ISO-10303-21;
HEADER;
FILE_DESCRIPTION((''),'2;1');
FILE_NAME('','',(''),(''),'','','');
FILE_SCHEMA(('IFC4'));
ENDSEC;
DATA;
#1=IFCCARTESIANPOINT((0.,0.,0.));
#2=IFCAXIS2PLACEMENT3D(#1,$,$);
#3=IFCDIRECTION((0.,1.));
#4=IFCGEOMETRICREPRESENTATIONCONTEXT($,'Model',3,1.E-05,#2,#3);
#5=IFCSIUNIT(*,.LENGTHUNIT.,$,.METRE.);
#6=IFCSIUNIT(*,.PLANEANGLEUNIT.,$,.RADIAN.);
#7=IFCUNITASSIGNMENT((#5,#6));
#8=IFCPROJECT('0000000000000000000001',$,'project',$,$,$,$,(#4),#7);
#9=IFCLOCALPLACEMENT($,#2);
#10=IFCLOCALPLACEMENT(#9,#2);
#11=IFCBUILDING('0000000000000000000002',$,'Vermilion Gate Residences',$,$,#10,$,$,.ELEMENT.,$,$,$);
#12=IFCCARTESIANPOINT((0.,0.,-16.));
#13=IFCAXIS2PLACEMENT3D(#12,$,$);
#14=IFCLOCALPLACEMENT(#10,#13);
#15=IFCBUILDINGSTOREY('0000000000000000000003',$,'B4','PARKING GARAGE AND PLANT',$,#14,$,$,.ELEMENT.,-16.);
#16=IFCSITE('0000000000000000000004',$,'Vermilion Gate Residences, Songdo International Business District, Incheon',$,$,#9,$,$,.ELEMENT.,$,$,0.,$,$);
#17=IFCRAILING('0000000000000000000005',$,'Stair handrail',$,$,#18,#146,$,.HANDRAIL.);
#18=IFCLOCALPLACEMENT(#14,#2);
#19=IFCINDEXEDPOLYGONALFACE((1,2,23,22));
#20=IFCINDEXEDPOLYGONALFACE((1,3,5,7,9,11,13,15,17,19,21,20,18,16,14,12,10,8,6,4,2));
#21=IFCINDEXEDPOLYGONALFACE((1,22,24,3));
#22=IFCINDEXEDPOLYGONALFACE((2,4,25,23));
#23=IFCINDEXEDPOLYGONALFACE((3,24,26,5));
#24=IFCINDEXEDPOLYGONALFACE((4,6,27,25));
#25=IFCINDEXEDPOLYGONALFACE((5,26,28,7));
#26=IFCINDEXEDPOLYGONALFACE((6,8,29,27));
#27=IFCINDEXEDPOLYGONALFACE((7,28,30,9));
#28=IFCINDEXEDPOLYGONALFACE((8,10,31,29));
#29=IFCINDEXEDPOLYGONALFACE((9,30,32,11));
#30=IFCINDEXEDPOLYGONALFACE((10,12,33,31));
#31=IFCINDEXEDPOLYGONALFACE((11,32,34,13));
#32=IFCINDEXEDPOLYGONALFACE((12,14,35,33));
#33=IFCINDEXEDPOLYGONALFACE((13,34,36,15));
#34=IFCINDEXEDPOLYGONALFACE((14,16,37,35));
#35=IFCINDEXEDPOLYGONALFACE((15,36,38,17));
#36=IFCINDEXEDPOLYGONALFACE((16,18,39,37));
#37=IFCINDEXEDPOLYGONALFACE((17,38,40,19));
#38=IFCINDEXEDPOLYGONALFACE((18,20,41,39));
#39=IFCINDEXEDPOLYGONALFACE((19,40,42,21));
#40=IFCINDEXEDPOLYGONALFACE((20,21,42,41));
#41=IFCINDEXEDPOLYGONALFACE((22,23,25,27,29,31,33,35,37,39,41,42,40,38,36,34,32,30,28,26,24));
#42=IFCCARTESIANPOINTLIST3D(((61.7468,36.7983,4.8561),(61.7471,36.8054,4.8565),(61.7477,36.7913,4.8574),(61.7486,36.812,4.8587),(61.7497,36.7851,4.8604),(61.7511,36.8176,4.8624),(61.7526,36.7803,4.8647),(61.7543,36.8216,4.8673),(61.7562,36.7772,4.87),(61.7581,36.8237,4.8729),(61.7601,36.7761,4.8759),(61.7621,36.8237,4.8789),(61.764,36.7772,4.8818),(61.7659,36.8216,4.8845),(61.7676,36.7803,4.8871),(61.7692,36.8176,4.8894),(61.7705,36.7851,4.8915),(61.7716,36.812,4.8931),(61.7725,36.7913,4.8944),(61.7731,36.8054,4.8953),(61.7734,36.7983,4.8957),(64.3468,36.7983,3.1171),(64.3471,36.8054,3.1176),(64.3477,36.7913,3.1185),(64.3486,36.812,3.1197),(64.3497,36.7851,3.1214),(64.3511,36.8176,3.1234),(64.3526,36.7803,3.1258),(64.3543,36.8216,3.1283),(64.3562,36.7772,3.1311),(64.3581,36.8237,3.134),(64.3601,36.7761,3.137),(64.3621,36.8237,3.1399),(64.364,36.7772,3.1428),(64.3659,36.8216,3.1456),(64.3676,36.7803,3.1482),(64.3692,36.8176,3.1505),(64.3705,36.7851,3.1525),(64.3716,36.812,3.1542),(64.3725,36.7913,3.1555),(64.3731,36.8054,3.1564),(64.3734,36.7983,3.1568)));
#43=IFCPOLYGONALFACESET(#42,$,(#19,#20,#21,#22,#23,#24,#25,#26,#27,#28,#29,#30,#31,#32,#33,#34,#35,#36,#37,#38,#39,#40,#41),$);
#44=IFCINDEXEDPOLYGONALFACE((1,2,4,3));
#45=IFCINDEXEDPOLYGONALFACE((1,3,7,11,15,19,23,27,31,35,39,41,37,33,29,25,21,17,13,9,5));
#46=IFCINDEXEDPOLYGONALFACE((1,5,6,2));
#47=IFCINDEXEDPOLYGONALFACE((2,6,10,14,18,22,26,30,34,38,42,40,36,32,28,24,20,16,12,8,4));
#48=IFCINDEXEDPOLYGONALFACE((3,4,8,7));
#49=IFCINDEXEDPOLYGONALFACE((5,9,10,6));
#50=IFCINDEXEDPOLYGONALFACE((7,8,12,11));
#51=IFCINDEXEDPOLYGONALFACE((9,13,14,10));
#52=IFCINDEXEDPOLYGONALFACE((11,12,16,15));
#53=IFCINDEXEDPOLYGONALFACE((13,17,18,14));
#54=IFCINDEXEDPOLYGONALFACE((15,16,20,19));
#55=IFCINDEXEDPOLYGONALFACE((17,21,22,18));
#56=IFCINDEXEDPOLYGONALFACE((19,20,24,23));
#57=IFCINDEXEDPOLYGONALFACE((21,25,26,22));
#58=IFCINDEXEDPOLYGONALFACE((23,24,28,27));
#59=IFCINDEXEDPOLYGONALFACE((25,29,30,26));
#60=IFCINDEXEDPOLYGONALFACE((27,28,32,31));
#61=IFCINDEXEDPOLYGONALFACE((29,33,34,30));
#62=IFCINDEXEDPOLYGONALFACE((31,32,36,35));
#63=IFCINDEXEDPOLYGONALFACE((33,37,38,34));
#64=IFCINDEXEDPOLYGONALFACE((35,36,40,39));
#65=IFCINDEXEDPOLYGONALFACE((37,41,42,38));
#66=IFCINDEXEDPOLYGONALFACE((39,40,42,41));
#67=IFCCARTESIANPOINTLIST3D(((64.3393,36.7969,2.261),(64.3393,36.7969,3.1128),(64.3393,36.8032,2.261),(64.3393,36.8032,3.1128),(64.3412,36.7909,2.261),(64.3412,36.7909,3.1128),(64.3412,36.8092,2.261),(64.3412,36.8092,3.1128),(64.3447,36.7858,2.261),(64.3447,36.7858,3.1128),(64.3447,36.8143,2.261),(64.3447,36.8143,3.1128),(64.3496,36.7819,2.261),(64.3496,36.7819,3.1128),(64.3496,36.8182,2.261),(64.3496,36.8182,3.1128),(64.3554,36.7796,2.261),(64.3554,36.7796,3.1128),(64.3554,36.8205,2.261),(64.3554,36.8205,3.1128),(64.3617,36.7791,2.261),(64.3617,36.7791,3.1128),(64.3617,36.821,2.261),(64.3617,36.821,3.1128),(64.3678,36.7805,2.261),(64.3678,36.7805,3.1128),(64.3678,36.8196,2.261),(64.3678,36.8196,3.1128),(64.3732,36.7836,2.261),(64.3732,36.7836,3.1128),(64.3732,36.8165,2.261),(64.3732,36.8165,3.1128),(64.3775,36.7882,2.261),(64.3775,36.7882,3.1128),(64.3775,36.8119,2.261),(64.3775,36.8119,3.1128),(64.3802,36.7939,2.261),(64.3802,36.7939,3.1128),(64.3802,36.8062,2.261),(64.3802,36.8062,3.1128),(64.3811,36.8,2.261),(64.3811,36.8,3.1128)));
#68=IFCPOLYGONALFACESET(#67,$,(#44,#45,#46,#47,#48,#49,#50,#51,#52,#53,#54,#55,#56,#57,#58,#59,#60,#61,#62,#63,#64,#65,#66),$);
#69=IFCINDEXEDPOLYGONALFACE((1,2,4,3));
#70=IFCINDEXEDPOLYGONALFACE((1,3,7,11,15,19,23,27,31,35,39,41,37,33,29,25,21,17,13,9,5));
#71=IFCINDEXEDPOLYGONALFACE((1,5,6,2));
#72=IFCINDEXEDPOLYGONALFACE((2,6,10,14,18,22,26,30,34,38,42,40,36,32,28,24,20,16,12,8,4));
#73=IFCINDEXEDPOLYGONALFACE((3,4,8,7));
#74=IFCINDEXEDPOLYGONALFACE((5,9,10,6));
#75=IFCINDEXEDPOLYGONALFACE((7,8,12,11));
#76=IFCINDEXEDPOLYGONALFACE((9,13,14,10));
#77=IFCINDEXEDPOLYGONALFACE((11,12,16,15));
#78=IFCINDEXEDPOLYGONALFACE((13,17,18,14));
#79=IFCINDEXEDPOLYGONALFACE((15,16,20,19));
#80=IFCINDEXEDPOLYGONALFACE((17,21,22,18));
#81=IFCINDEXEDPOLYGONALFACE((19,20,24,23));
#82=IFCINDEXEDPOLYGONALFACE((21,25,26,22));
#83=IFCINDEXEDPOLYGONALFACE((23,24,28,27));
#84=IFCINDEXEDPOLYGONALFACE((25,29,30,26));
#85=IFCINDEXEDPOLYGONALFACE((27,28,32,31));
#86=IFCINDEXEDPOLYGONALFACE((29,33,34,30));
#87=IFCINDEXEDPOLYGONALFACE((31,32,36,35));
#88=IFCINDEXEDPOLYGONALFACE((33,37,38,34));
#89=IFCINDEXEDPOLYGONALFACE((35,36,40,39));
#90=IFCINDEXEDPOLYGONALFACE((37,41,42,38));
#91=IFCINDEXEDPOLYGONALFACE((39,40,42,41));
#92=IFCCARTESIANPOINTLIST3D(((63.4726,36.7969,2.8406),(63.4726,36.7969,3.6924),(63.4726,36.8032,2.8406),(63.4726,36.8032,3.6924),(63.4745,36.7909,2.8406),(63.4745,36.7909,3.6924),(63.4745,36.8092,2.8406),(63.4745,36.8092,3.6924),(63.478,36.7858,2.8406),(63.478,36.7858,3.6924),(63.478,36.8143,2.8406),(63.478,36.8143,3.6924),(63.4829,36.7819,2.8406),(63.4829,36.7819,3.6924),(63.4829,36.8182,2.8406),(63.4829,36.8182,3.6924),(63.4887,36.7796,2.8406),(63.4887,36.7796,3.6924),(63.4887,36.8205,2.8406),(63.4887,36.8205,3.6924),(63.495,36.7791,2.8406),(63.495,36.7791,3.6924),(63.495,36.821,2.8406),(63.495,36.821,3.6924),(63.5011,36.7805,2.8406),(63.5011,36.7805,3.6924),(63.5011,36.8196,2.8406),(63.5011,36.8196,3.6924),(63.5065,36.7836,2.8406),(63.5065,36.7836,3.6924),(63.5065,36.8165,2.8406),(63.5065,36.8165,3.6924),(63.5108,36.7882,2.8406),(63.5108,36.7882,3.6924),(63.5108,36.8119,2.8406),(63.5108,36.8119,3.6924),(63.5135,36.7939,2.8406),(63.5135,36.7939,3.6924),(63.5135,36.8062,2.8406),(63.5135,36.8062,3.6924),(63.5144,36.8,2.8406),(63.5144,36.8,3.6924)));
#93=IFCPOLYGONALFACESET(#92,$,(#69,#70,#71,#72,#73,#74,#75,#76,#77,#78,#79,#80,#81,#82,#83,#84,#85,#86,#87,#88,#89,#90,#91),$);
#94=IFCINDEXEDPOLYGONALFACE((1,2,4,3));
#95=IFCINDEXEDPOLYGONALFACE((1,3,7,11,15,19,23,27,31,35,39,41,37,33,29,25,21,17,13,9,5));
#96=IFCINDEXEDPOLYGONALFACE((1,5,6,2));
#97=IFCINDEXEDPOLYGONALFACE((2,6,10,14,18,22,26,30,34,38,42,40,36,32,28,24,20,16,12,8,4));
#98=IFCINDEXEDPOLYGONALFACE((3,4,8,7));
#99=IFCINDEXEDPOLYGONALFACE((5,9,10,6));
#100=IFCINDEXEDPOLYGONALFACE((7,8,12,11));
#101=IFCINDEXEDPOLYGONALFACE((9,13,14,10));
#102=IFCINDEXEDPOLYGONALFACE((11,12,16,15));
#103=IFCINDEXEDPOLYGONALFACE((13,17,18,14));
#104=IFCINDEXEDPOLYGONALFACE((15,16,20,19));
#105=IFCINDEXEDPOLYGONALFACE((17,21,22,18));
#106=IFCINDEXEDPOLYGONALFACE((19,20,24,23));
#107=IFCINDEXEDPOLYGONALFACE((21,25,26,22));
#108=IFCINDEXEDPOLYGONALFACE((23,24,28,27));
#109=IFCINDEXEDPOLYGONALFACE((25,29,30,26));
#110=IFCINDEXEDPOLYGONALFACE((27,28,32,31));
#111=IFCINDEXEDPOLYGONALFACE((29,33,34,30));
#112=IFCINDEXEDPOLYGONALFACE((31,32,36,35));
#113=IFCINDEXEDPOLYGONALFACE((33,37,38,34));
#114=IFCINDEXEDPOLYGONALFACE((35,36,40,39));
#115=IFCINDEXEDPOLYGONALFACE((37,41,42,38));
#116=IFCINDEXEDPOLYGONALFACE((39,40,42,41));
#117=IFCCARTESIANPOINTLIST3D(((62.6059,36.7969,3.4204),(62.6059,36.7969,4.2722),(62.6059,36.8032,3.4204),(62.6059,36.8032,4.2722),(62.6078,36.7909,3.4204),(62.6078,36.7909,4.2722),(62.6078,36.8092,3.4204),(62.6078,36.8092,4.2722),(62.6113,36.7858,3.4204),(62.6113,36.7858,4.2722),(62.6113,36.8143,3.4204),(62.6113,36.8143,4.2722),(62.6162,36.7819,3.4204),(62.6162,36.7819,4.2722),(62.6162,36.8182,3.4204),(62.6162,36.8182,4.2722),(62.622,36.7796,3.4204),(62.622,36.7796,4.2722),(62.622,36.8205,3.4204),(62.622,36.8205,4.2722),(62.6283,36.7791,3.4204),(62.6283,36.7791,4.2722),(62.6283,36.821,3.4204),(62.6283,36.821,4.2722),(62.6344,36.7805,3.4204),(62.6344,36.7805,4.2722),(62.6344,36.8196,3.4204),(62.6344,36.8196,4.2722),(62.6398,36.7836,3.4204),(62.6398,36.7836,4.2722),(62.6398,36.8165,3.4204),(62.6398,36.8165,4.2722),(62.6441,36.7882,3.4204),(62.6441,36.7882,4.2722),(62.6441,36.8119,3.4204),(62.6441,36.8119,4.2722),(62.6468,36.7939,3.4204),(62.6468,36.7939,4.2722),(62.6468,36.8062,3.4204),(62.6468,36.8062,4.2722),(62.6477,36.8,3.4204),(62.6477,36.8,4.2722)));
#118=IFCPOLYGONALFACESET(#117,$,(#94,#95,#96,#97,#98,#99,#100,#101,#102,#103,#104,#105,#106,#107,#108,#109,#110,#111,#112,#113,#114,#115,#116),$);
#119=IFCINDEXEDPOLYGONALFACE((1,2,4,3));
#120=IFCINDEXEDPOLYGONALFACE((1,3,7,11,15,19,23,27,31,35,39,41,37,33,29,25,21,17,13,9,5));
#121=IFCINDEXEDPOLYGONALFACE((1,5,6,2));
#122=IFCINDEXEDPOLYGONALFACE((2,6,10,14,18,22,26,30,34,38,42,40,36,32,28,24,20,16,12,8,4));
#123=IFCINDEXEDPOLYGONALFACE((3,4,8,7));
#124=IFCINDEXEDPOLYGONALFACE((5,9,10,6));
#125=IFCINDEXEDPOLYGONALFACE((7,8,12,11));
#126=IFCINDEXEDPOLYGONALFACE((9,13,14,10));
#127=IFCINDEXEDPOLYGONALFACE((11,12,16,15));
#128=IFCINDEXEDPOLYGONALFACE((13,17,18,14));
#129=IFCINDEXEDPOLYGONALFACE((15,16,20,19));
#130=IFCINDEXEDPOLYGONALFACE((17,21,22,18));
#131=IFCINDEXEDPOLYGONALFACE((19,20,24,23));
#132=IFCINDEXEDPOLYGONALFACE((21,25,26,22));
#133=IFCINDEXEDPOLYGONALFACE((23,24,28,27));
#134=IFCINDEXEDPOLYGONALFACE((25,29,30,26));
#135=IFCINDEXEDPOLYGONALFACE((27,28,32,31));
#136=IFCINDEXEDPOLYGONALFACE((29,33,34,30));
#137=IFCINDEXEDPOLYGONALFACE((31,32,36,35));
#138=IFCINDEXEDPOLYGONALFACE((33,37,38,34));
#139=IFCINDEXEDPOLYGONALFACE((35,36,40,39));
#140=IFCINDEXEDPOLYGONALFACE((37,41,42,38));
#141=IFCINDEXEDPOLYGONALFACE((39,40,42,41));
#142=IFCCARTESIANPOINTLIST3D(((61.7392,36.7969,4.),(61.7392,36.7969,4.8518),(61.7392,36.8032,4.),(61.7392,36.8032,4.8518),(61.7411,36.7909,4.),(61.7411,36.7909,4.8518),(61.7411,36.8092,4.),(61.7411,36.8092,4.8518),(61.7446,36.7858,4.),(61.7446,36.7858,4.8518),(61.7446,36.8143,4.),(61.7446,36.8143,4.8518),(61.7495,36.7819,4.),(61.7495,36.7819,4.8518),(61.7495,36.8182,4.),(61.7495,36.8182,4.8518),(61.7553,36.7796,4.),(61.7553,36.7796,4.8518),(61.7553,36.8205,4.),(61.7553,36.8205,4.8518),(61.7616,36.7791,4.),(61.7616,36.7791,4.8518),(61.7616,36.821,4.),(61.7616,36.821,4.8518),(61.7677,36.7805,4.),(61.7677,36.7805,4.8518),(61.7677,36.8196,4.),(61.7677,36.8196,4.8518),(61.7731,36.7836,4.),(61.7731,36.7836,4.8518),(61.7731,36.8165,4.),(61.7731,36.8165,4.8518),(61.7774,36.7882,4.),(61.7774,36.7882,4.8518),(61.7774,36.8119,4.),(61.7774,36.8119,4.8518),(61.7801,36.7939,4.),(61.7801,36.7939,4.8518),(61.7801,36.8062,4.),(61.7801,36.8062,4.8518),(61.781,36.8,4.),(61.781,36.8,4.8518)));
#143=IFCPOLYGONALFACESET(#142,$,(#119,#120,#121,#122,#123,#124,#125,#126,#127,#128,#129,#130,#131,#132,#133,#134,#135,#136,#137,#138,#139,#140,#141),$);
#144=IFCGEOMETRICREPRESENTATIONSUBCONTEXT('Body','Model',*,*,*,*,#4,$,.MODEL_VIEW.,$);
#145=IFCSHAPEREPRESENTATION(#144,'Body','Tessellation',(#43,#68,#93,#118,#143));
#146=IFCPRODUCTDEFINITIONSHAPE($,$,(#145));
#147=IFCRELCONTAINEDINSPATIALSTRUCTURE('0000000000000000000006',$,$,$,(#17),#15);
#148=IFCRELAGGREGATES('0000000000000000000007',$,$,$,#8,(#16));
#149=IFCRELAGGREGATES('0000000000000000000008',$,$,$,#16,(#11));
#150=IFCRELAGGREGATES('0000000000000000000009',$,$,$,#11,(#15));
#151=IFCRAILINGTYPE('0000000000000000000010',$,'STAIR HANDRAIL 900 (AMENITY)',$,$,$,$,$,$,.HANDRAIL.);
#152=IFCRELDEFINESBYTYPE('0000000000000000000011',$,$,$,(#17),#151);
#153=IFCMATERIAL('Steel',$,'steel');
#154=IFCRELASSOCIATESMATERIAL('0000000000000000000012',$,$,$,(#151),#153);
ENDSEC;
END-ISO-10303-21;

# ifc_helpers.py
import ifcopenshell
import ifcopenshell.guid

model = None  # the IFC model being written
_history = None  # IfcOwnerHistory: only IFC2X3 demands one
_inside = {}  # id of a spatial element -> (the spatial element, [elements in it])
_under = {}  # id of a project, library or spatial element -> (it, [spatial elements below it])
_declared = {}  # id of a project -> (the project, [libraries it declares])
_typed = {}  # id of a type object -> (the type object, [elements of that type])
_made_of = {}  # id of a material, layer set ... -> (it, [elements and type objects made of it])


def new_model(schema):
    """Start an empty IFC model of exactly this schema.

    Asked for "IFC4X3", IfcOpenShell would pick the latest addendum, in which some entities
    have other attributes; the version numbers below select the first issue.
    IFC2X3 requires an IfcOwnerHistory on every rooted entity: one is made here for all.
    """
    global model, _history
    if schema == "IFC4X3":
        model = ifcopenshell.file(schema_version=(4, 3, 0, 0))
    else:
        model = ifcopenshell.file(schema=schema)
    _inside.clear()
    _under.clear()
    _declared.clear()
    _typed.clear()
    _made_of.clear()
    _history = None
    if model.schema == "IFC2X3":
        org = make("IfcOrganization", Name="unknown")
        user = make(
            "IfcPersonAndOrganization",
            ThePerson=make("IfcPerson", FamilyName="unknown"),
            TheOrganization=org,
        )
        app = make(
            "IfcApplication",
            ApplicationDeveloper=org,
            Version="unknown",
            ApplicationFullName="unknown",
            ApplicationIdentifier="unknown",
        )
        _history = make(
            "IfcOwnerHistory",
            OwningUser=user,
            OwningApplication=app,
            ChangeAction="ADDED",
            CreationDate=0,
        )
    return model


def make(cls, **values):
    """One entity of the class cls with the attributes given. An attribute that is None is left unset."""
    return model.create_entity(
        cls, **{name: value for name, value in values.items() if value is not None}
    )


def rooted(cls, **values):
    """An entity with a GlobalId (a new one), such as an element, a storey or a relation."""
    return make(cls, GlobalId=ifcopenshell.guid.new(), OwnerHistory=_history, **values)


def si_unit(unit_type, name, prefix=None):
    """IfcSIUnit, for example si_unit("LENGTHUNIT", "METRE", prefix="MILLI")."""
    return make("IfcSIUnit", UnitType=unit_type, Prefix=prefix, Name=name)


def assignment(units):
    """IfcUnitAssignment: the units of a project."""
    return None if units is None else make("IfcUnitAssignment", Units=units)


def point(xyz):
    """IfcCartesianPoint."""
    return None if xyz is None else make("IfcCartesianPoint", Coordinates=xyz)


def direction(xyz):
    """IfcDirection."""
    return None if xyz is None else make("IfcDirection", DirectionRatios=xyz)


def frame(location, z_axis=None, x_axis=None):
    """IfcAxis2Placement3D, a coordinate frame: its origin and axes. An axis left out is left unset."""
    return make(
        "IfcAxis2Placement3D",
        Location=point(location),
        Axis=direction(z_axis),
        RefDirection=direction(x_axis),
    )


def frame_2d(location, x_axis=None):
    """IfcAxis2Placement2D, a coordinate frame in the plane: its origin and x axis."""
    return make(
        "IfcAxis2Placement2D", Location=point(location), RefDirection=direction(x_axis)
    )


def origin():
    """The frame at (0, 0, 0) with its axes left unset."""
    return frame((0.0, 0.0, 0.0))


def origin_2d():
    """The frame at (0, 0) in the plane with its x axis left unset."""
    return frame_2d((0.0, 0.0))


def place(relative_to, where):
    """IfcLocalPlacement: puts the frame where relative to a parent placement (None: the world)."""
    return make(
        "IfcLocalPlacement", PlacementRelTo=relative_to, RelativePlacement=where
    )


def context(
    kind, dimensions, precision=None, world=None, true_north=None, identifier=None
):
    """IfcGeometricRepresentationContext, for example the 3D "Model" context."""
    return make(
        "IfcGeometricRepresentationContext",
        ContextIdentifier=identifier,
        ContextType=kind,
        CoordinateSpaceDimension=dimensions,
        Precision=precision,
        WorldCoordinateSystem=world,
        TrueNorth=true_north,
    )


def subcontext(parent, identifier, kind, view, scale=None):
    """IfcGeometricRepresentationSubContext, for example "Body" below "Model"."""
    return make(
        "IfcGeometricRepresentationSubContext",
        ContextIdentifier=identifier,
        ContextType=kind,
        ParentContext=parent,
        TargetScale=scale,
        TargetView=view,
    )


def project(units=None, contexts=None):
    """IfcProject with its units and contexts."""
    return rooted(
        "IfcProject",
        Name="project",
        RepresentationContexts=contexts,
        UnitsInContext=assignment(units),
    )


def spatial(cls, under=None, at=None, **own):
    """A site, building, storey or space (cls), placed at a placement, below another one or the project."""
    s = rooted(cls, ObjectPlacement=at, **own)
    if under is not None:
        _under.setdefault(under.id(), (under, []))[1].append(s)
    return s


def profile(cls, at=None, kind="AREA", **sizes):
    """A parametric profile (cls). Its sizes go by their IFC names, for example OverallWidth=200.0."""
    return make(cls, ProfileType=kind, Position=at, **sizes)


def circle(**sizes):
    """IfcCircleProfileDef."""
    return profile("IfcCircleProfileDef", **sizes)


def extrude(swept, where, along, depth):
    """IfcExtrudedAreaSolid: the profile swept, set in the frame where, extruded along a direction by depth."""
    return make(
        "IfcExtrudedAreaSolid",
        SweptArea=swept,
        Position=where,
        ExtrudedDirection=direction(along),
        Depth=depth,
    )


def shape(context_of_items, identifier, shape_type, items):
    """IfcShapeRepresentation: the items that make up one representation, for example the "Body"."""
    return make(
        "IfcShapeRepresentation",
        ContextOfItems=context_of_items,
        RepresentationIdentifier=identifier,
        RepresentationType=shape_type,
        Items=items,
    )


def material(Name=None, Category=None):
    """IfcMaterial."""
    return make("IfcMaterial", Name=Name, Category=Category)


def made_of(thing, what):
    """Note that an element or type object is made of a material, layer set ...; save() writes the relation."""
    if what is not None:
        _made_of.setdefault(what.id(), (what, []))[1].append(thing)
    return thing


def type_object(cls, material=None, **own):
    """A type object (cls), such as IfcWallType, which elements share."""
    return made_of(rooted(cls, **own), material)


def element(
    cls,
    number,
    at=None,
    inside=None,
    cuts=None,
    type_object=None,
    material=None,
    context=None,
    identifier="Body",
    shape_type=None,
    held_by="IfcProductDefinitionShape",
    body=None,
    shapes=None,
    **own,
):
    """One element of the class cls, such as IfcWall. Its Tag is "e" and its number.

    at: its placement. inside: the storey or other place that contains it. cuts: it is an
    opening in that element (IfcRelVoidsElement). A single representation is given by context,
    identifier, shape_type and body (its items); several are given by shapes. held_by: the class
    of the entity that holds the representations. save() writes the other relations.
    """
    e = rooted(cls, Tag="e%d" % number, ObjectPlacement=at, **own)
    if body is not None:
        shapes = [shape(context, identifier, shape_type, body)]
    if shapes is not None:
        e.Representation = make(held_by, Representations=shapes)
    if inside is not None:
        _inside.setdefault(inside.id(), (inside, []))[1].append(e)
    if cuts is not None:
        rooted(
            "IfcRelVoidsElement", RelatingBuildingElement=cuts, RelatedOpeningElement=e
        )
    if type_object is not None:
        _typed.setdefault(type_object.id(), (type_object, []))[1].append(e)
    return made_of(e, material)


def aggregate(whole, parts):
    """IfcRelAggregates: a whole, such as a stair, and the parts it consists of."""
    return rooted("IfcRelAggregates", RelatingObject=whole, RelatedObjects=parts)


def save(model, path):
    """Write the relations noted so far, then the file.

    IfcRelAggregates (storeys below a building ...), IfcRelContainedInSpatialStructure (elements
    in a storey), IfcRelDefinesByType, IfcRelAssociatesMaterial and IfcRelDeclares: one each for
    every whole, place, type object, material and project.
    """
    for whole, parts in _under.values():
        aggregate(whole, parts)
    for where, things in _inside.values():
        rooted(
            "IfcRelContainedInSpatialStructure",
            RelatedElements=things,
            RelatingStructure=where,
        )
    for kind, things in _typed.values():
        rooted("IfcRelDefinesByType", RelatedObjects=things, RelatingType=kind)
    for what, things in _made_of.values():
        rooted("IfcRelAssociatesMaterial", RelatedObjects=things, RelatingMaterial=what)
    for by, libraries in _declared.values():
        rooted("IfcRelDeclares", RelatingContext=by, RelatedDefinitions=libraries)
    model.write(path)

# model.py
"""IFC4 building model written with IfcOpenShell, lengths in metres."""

from ifc_helpers import new_model, si_unit, direction, frame, origin, origin_2d, place, context, subcontext, project, spatial, circle, extrude, material, type_object, element, save


model = new_model("IFC4")

# Units and contexts
model_context = context("Model", 3, precision=1e-05, world=origin(), true_north=direction((0.0, 1.0)))
body_context = subcontext(model_context, "Body", "Model", "MODEL_VIEW")
ifc_project = project(units=[si_unit("LENGTHUNIT", "METRE"), si_unit("PLANEANGLEUNIT", "RADIAN")], contexts=[model_context])

# Site, building, storey
site_placement = place(None, origin())
site = spatial("IfcSite", under=ifc_project, at=site_placement, Name="Vermilion Gate Residences, Songdo International Business District, Incheon", CompositionType="ELEMENT", RefElevation=0.0)
building_placement = place(site_placement, origin())
building = spatial("IfcBuilding", under=site, at=building_placement, Name="Vermilion Gate Residences", CompositionType="ELEMENT")
storey_placement = place(building_placement, frame((0.0, 0.0, -16.0)))
storey = spatial("IfcBuildingStorey", under=building, at=storey_placement, Name="B4", Description="PARKING GARAGE AND PLANT", CompositionType="ELEMENT", Elevation=-16.0)

# Railing
ifc_material_1 = material(Name="Steel", Category="steel")
railing_type = type_object("IfcRailingType", Name="STAIR HANDRAIL 900 (AMENITY)", PredefinedType="HANDRAIL", material=ifc_material_1)
railing_1_placement = place(storey_placement, frame((64.3601, 36.8, 2.261)))
element("IfcRailing", 1, at=railing_1_placement, inside=storey, type_object=railing_type, Name="Stair handrail", PredefinedType="HANDRAIL", context=body_context, shape_type="SweptSolid", body=[
    extrude(circle(Radius=0.0239, at=origin_2d()), frame((0.0, 0.0, 0.876), z_axis=(-0.831221, 0.0, 0.555942), x_axis=(0.0, -1.0, 0.0)), (0.0, 0.0, 1.0), 3.1279),
    extrude(circle(Radius=0.021, at=origin_2d()), origin(), (0.0, 0.0, 1.0), 0.8518),
    extrude(circle(Radius=0.021, at=origin_2d()), frame((-0.8667, 0.0, 0.5796)), (0.0, 0.0, 1.0), 0.8518),
    extrude(circle(Radius=0.021, at=origin_2d()), frame((-1.7334, 0.0, 1.1594)), (0.0, 0.0, 1.0), 0.8518),
    extrude(circle(Radius=0.021, at=origin_2d()), frame((-2.6001, 0.0, 1.739)), (0.0, 0.0, 1.0), 0.8518),
])

save(model, "model.ifc")
